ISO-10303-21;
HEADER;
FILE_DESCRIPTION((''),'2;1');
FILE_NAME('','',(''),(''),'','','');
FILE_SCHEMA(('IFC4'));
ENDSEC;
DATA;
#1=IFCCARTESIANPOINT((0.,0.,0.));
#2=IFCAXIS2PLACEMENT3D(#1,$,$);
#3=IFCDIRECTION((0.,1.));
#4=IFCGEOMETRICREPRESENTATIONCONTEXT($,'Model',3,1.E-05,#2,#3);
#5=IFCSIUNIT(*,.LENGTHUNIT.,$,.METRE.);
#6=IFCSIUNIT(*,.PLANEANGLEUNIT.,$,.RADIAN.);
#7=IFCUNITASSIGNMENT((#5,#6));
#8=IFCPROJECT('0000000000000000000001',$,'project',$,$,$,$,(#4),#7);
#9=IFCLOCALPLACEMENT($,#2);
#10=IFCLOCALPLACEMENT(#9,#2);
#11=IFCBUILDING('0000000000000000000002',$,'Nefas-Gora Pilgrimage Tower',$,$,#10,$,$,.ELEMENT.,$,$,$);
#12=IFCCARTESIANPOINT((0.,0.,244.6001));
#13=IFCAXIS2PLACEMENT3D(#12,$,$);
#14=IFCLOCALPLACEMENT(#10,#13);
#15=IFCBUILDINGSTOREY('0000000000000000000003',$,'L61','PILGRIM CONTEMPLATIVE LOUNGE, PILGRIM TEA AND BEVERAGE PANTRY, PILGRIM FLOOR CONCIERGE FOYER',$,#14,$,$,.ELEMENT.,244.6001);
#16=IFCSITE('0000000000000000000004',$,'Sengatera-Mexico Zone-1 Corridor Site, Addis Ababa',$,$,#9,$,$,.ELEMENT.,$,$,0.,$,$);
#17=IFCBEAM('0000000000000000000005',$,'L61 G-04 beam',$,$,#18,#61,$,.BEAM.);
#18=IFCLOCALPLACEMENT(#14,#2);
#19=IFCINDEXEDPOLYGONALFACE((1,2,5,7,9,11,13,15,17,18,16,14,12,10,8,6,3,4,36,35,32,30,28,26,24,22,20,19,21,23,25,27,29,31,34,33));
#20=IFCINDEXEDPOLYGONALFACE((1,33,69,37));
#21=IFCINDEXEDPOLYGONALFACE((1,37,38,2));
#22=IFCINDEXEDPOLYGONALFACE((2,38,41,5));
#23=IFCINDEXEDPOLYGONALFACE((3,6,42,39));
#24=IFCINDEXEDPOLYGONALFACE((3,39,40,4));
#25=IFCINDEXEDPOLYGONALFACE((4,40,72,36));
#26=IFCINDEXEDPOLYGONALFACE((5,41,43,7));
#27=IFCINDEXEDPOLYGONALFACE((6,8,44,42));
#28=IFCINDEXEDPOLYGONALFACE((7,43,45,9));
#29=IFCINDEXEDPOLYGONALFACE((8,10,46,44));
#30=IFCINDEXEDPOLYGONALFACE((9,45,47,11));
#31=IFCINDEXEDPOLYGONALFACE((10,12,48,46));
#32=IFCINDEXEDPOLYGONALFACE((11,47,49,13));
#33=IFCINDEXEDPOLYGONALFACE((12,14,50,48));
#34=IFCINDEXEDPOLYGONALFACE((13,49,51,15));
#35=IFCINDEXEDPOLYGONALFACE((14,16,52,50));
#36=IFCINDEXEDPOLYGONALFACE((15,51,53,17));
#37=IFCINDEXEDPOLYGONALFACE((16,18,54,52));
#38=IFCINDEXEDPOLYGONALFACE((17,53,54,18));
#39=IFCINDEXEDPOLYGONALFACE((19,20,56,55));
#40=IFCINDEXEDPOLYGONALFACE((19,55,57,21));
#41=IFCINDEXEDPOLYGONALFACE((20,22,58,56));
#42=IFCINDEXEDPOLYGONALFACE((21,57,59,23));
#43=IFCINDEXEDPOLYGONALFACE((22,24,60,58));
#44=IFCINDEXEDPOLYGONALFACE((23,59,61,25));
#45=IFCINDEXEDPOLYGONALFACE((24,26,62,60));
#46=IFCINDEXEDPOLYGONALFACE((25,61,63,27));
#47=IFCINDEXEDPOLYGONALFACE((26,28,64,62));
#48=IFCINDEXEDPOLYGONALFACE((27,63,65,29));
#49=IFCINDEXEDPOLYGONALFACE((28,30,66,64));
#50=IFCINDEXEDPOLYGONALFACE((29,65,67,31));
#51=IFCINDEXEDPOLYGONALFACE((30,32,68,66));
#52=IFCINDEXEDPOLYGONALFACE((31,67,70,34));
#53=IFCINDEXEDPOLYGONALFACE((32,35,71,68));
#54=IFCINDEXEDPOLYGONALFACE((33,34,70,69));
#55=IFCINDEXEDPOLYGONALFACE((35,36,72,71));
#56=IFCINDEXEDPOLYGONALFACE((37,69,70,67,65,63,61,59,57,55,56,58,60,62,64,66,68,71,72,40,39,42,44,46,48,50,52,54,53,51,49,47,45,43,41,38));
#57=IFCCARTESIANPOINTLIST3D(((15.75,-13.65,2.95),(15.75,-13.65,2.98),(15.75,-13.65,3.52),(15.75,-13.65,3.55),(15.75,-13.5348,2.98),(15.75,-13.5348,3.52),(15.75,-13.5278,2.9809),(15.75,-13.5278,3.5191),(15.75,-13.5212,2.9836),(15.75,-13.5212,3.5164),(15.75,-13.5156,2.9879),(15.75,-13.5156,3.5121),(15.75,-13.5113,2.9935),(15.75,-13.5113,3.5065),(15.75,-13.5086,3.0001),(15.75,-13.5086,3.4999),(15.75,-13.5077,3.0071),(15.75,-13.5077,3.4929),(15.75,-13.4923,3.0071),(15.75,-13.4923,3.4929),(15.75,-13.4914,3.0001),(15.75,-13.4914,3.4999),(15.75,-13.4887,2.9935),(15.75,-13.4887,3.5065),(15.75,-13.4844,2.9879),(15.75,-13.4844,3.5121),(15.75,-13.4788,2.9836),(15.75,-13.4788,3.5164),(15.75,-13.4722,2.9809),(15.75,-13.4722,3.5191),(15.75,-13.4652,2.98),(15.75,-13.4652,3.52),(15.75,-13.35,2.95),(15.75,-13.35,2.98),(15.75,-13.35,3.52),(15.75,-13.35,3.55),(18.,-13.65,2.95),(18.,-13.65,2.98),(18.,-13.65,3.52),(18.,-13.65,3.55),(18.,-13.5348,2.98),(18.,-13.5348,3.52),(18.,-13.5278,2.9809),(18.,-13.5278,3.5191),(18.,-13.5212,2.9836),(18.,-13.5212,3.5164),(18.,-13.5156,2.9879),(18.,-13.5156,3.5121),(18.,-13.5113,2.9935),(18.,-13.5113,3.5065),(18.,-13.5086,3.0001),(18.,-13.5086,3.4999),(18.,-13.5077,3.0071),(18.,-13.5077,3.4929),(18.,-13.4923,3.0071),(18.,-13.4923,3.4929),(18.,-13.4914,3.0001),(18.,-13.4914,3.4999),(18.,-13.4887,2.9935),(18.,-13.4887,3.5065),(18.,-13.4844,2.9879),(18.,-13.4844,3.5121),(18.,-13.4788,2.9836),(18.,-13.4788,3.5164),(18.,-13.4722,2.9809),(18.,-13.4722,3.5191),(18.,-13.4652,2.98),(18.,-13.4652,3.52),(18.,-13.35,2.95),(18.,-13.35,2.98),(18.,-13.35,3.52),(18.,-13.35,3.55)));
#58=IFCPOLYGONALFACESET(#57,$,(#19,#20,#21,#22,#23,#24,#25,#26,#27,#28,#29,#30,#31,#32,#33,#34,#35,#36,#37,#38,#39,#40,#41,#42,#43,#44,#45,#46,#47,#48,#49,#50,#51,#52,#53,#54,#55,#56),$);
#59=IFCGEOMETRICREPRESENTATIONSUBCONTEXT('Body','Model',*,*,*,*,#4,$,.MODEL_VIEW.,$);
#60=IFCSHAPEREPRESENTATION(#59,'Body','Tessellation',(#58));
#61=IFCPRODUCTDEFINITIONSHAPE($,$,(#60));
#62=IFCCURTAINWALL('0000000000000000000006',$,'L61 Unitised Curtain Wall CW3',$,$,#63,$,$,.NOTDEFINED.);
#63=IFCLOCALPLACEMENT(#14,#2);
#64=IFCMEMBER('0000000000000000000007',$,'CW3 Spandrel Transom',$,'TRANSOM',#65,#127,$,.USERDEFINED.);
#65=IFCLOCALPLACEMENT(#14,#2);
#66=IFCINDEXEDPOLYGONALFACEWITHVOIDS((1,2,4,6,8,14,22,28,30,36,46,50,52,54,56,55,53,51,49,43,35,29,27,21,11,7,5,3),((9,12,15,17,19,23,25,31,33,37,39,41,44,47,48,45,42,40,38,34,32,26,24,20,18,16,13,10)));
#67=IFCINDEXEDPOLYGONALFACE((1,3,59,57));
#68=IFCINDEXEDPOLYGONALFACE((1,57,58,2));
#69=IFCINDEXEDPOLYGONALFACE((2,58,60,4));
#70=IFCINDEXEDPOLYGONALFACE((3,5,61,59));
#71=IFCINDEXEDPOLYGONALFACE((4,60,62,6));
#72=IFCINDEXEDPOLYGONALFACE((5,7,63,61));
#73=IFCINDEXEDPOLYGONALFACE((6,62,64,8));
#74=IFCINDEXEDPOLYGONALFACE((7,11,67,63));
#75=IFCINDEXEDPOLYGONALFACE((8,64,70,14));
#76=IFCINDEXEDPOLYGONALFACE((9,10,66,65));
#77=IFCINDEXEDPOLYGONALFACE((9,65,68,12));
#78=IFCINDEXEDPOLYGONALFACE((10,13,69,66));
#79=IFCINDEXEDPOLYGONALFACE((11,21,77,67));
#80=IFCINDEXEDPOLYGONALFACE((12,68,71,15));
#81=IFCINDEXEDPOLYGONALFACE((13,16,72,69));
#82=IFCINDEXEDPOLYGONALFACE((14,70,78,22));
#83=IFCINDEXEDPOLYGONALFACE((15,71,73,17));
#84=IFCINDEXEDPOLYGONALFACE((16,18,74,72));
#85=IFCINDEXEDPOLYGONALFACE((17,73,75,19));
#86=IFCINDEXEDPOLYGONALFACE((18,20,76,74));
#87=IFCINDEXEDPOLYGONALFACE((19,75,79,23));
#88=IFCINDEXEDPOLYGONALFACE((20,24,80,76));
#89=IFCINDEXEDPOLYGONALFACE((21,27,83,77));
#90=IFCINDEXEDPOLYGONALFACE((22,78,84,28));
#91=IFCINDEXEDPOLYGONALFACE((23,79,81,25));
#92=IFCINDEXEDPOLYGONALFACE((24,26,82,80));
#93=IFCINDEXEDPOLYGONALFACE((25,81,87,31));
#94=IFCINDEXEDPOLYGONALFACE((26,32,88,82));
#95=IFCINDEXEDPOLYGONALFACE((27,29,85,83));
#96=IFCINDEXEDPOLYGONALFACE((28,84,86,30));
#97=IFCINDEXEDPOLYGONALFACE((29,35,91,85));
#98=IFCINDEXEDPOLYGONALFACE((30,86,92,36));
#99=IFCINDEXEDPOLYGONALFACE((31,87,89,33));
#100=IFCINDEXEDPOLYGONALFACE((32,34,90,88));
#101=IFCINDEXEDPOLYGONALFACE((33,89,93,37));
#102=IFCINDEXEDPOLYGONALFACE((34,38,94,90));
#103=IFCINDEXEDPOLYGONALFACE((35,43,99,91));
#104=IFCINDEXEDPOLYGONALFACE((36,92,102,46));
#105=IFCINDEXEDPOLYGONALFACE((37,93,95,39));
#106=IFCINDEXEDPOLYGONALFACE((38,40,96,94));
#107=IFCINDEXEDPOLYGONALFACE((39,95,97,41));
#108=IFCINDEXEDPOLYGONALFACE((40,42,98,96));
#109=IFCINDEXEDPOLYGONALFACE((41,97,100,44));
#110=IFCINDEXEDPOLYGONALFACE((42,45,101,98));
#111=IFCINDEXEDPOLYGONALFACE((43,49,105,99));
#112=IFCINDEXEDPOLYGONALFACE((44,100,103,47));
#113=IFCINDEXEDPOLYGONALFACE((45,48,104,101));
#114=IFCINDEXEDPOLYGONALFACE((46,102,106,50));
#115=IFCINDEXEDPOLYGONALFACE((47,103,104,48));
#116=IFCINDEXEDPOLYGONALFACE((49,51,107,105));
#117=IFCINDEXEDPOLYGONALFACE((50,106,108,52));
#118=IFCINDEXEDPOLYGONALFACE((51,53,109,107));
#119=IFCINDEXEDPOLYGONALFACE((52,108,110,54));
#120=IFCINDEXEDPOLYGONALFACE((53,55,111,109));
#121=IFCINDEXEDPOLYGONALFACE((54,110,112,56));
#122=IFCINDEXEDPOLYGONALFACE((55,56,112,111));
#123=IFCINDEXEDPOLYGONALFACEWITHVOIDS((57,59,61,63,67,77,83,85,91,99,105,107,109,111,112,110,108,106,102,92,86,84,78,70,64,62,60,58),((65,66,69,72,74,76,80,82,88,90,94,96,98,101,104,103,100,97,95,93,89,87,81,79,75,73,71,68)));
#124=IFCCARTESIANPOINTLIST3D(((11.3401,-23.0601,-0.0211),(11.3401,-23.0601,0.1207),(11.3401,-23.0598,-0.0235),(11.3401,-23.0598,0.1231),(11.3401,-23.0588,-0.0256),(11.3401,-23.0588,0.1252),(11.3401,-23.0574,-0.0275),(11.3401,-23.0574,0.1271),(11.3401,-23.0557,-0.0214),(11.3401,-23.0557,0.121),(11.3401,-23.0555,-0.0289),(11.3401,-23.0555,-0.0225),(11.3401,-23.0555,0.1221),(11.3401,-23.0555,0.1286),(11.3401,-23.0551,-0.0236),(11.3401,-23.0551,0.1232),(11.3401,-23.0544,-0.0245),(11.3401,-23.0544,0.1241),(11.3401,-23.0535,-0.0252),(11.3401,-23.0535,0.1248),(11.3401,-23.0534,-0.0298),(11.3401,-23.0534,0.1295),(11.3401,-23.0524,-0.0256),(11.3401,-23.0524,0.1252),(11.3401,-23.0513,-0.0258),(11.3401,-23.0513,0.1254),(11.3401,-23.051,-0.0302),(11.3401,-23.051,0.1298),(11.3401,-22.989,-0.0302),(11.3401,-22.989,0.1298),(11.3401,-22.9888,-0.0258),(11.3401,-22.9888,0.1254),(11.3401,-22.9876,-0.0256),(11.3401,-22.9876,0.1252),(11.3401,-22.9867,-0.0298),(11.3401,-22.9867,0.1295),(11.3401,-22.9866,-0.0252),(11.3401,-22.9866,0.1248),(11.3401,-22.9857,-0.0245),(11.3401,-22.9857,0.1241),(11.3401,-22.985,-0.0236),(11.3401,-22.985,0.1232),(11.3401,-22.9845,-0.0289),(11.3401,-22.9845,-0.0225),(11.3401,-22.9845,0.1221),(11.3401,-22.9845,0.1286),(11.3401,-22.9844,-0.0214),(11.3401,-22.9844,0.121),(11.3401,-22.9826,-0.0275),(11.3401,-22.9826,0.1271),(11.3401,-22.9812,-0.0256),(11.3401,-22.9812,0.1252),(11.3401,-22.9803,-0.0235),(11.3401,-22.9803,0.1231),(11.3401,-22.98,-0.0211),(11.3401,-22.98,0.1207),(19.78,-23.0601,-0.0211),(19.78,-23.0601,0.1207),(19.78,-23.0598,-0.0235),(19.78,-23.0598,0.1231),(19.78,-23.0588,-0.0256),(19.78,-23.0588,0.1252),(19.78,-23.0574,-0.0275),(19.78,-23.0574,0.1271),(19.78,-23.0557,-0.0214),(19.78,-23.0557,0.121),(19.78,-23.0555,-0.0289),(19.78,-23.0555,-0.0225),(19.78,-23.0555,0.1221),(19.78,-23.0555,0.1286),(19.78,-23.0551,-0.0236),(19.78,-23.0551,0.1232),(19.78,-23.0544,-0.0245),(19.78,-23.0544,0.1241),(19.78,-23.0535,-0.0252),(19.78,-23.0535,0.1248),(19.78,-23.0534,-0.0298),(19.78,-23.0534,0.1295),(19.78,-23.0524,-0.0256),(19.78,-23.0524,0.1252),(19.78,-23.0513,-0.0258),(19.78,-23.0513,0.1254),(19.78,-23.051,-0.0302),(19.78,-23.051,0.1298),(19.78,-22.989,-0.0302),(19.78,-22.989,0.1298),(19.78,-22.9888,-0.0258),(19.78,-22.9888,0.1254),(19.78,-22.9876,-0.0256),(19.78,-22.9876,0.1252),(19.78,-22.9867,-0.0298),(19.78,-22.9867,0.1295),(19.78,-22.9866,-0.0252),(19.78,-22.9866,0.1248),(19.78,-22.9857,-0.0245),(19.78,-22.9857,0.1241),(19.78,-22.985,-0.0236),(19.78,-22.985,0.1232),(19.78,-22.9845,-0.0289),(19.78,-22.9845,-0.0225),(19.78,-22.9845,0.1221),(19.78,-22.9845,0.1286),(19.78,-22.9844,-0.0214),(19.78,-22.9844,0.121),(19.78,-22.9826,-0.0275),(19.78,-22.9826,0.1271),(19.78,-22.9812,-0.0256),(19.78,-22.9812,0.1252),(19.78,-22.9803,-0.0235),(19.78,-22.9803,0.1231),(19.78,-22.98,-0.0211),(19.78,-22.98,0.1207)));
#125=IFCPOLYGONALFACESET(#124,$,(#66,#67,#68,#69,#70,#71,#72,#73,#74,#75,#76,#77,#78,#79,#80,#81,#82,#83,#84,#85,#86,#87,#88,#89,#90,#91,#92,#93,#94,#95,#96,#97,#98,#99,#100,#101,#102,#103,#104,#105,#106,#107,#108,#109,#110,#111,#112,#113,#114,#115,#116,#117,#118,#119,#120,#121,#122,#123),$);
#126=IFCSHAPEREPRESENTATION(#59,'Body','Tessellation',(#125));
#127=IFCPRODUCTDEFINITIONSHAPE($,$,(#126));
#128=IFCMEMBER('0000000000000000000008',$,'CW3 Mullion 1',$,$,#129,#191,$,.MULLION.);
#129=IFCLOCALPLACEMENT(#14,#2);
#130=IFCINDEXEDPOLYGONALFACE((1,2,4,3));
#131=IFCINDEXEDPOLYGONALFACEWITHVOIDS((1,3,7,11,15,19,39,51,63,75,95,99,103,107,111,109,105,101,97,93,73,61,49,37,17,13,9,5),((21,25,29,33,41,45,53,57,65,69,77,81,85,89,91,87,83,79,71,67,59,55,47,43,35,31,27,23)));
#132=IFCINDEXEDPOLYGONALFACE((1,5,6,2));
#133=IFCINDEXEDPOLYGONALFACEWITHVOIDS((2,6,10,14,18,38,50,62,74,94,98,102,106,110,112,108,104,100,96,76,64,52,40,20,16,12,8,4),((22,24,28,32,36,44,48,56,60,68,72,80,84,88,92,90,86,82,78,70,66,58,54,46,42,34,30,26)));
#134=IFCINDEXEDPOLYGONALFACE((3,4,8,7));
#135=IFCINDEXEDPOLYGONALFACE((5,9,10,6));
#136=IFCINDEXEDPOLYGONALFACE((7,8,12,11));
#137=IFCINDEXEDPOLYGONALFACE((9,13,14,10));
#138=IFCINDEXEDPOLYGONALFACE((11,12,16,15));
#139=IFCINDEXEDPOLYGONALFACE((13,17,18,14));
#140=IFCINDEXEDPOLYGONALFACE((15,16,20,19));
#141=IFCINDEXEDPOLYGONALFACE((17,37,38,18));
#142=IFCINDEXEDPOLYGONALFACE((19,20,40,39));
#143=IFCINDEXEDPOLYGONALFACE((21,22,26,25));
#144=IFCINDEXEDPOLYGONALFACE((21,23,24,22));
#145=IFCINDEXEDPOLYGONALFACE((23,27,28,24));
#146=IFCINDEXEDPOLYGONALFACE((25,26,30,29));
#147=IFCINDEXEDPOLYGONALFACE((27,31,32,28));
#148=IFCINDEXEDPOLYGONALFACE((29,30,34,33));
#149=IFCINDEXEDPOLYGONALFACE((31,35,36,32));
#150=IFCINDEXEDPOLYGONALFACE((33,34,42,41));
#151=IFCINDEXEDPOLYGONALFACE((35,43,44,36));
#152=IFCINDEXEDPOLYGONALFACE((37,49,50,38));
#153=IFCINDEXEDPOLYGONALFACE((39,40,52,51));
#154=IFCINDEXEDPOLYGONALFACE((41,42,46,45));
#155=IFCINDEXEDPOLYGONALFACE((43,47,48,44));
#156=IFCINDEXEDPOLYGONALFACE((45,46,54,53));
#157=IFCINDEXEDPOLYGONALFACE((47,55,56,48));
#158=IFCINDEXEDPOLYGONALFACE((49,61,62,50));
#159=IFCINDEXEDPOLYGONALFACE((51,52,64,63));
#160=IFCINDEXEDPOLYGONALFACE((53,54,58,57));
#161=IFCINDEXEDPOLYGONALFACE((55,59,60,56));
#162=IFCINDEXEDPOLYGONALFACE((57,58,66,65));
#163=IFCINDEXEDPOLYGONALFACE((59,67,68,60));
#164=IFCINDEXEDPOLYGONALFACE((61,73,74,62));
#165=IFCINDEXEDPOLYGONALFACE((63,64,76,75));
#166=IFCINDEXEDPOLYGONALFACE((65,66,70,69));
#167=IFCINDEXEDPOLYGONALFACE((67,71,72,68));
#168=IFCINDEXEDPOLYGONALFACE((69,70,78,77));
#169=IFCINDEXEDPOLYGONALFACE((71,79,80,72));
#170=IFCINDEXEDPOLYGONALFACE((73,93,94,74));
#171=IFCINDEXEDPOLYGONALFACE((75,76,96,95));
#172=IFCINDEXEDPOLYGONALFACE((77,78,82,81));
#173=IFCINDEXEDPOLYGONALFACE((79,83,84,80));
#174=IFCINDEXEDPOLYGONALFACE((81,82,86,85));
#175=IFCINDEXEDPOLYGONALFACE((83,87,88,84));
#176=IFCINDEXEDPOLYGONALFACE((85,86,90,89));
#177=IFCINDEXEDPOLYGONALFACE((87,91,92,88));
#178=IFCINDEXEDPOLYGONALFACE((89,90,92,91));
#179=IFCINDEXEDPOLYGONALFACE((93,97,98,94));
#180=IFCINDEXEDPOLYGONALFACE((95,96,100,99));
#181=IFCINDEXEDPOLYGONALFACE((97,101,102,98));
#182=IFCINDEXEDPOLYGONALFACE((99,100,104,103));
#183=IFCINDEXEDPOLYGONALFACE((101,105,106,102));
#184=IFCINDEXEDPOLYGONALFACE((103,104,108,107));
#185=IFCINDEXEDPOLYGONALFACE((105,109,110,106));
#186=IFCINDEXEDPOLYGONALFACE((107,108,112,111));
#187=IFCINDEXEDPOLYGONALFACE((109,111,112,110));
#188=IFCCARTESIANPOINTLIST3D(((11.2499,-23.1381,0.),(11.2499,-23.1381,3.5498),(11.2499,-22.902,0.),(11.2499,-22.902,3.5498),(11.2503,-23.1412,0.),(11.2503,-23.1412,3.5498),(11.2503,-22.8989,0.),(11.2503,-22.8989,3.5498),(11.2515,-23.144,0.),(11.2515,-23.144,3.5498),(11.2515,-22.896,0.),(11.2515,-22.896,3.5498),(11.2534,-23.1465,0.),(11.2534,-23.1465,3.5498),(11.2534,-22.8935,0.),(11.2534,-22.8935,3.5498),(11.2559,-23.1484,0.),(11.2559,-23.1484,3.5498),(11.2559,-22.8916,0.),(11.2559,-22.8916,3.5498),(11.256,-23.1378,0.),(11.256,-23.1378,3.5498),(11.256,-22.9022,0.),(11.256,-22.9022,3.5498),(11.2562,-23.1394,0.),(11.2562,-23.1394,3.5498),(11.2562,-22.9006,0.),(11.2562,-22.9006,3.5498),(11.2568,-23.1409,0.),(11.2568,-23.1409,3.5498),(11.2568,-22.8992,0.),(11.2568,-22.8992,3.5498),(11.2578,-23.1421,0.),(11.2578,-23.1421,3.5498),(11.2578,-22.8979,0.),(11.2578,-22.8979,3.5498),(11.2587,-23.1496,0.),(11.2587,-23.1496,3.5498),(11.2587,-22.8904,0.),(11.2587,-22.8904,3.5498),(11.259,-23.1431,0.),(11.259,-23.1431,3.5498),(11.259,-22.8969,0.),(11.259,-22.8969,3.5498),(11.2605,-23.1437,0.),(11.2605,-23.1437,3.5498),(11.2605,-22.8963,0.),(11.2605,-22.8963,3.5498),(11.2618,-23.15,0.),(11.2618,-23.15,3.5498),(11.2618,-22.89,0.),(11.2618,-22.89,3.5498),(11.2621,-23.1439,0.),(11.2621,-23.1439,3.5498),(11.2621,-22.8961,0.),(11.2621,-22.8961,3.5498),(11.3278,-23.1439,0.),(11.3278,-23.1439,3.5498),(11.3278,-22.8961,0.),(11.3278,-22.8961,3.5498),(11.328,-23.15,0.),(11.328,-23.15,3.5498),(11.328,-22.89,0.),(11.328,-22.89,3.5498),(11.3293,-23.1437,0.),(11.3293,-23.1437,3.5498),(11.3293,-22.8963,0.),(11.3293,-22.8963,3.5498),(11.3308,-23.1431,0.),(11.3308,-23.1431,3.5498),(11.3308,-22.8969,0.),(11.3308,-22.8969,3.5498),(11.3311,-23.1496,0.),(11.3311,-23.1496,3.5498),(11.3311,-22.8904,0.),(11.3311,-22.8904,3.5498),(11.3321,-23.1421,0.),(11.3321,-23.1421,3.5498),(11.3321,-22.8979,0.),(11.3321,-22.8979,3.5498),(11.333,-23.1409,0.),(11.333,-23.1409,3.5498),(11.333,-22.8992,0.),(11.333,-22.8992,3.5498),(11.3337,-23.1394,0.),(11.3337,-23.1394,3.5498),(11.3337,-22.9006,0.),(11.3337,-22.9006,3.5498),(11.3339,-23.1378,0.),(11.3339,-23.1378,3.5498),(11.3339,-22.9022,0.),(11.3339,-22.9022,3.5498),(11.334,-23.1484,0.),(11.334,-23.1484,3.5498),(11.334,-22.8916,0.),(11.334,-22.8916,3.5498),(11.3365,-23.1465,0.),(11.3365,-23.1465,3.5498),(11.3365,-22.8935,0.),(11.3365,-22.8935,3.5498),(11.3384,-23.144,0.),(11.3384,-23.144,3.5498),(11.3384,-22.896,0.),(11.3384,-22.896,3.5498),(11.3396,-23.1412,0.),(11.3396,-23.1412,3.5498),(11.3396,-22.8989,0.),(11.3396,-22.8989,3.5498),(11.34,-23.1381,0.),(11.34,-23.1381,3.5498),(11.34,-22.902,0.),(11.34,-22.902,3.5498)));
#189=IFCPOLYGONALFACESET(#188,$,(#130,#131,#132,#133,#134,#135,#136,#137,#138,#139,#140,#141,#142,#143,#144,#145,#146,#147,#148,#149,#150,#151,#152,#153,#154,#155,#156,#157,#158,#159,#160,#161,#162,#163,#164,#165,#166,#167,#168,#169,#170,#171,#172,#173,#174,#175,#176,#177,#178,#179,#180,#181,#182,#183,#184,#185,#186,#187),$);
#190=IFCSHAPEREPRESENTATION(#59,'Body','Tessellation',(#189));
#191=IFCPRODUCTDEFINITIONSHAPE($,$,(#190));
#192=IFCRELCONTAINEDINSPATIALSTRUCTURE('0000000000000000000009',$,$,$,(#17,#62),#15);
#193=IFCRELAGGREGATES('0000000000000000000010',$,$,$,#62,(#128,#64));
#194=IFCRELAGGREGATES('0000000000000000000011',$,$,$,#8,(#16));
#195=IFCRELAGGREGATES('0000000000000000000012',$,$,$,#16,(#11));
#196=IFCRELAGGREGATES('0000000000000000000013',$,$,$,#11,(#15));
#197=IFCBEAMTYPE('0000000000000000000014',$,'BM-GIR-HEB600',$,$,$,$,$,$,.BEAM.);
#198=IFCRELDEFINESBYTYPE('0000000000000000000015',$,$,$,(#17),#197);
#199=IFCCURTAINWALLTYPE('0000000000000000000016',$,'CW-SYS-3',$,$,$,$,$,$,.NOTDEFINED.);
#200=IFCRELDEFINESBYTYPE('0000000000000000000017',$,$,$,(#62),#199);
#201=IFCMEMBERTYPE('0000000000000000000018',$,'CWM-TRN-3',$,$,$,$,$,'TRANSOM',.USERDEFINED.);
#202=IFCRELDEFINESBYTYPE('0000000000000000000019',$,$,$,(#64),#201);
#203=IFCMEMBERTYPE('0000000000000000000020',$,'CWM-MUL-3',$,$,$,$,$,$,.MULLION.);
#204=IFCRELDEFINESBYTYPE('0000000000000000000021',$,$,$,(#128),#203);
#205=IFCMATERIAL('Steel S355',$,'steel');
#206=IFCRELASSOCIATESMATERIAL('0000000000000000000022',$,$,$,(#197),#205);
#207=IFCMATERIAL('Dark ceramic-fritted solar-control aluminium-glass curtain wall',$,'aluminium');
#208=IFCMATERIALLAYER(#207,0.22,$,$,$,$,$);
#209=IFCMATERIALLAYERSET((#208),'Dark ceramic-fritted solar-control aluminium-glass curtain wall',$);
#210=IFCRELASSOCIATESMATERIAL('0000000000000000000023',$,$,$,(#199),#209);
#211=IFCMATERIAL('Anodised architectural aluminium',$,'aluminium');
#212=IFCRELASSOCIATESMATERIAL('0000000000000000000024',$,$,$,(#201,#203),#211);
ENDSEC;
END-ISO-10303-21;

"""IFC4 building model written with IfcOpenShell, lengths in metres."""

from ifc_helpers import new_model, si_unit, direction, frame, origin, origin_2d, place, context, subcontext, project, spatial, hollow_rectangle, i_section, extrude, source, transform, mapped, material, layer, layer_set, material_profile, profile_set, type_object, element, aggregate, save


model = new_model("IFC4")

# Units and contexts
model_context = context("Model", 3, precision=1e-05, world=origin(), true_north=direction((0.0, 1.0)))
body_context = subcontext(model_context, "Body", "Model", "MODEL_VIEW")
ifc_project = project(units=[si_unit("LENGTHUNIT", "METRE"), si_unit("PLANEANGLEUNIT", "RADIAN")], contexts=[model_context])

# Site, building, storey
site_placement = place(None, origin())
site = spatial("IfcSite", under=ifc_project, at=site_placement, Name="Sengatera-Mexico Zone-1 Corridor Site, Addis Ababa", CompositionType="ELEMENT", RefElevation=0.0)
building_placement = place(site_placement, origin())
building = spatial("IfcBuilding", under=site, at=building_placement, Name="Nefas-Gora Pilgrimage Tower", CompositionType="ELEMENT")
storey_placement = place(building_placement, frame((0.0, 0.0, 244.6001)))
storey = spatial("IfcBuildingStorey", under=building, at=storey_placement, Name="L61", Description="PILGRIM CONTEMPLATIVE LOUNGE, PILGRIM TEA AND BEVERAGE PANTRY, PILGRIM FLOOR CONCIERGE FOYER", CompositionType="ELEMENT", Elevation=244.6001)

# Beam
ifc_material_1 = material(Name="Steel S355", Category="steel")
ifc_material_profile_1 = material_profile(ifc_material_1, i_section(OverallWidth=0.3, OverallDepth=0.6001, WebThickness=0.0154, FlangeThickness=0.03, FilletRadius=0.0271, at=origin_2d()), Name="HEB 600")
ifc_profile_set_1 = profile_set([ifc_material_profile_1], Name="Steel S355")
beam_type_1 = type_object("IfcBeamType", Name="BM-GIR-HEB600", PredefinedType="BEAM", material=ifc_profile_set_1)
shared_shape_1 = source(origin(), body_context, "Body", "SweptSolid", [
    extrude(i_section(OverallWidth=0.3, OverallDepth=0.6001, WebThickness=0.0154, FlangeThickness=0.03, FilletRadius=0.0271, at=origin_2d()), origin(), (0.0, 0.0, 1.0), 2.25),
])
beam_1_placement = place(storey_placement, frame((15.75, -13.5, 3.25), z_axis=(1.0, 0.0, 0.0), x_axis=(0.0, 1.0, 0.0)))
element("IfcBeam", 1, at=beam_1_placement, inside=storey, type_object=beam_type_1, Name="L61 G-04 beam", PredefinedType="BEAM", context=body_context, shape_type="MappedRepresentation", body=[
    mapped(shared_shape_1, transform((0.0, 0.0, 0.0), x_axis=(1.0, 0.0, 0.0), y_axis=(0.0, 1.0, 0.0), z_axis=(0.0, 0.0, 1.0), scale=1.0)),
])

# Curtain wall, members
ifc_material_2 = material(Name="Dark ceramic-fritted solar-control aluminium-glass curtain wall", Category="aluminium")
ifc_layer_1 = layer(ifc_material_2, 0.22)
ifc_layer_set_1 = layer_set([ifc_layer_1], Name="Dark ceramic-fritted solar-control aluminium-glass curtain wall")
curtain_wall_type = type_object("IfcCurtainWallType", Name="CW-SYS-3", PredefinedType="NOTDEFINED", material=ifc_layer_set_1)
curtain_wall_1_placement = place(storey_placement, origin())
curtain_wall_1 = element("IfcCurtainWall", 2, at=curtain_wall_1_placement, inside=storey, type_object=curtain_wall_type, Name="L61 Unitised Curtain Wall CW3", PredefinedType="NOTDEFINED")
ifc_material_3 = material(Name="Anodised architectural aluminium", Category="aluminium")
ifc_material_profile_2 = material_profile(ifc_material_3, hollow_rectangle(XDim=0.0801, YDim=0.1599, WallThickness=0.0044, InnerFilletRadius=0.0044, OuterFilletRadius=0.009, at=origin_2d()), Name="ALU TRANSOM 80x160")
ifc_profile_set_2 = profile_set([ifc_material_profile_2], Name="Anodised architectural aluminium")
member_type_1 = type_object("IfcMemberType", Name="CWM-TRN-3", ElementType="TRANSOM", PredefinedType="USERDEFINED", material=ifc_profile_set_2)
shared_shape_2 = source(origin(), body_context, "Body", "SweptSolid", [
    extrude(hollow_rectangle(XDim=0.0801, YDim=0.1599, WallThickness=0.0044, InnerFilletRadius=0.0044, OuterFilletRadius=0.009, at=origin_2d()), origin(), (0.0, 0.0, 1.0), 8.4399),
])
member_1_placement = place(storey_placement, frame((11.3401, -23.02, 0.0498), z_axis=(1.0, 0.0, 0.0), x_axis=(0.0, 1.0, 0.0)))
member_1 = element("IfcMember", 3, at=member_1_placement, type_object=member_type_1, Name="CW3 Spandrel Transom", ObjectType="TRANSOM", PredefinedType="USERDEFINED", context=body_context, shape_type="MappedRepresentation", body=[
    mapped(shared_shape_2, transform((0.0, 0.0, 0.0), x_axis=(1.0, 0.0, 0.0), y_axis=(0.0, 1.0, 0.0), z_axis=(0.0, 0.0, 1.0), scale=1.0)),
])
ifc_material_profile_3 = material_profile(ifc_material_3, hollow_rectangle(XDim=0.0901, YDim=0.26, WallThickness=0.0061, InnerFilletRadius=0.0061, OuterFilletRadius=0.012, at=origin_2d()), Name="ALU MULLION 90x260")
ifc_profile_set_3 = profile_set([ifc_material_profile_3], Name="Anodised architectural aluminium")
member_type_2 = type_object("IfcMemberType", Name="CWM-MUL-3", PredefinedType="MULLION", material=ifc_profile_set_3)
shared_shape_3 = source(origin(), body_context, "Body", "SweptSolid", [
    extrude(hollow_rectangle(XDim=0.0901, YDim=0.26, WallThickness=0.0061, InnerFilletRadius=0.0061, OuterFilletRadius=0.012, at=origin_2d()), origin(), (0.0, 0.0, 1.0), 3.5498),
])
member_2_placement = place(storey_placement, frame((11.2949, -23.02, 0.0), z_axis=(0.0, 0.0, 1.0), x_axis=(1.0, 0.0, 0.0)))
member_2 = element("IfcMember", 4, at=member_2_placement, type_object=member_type_2, Name="CW3 Mullion 1", PredefinedType="MULLION", context=body_context, shape_type="MappedRepresentation", body=[
    mapped(shared_shape_3, transform((0.0, 0.0, 0.0), x_axis=(1.0, 0.0, 0.0), y_axis=(0.0, 1.0, 0.0), z_axis=(0.0, 0.0, 1.0), scale=1.0)),
])

aggregate(curtain_wall_1, [member_2, member_1])

save(model, "model.ifc")
